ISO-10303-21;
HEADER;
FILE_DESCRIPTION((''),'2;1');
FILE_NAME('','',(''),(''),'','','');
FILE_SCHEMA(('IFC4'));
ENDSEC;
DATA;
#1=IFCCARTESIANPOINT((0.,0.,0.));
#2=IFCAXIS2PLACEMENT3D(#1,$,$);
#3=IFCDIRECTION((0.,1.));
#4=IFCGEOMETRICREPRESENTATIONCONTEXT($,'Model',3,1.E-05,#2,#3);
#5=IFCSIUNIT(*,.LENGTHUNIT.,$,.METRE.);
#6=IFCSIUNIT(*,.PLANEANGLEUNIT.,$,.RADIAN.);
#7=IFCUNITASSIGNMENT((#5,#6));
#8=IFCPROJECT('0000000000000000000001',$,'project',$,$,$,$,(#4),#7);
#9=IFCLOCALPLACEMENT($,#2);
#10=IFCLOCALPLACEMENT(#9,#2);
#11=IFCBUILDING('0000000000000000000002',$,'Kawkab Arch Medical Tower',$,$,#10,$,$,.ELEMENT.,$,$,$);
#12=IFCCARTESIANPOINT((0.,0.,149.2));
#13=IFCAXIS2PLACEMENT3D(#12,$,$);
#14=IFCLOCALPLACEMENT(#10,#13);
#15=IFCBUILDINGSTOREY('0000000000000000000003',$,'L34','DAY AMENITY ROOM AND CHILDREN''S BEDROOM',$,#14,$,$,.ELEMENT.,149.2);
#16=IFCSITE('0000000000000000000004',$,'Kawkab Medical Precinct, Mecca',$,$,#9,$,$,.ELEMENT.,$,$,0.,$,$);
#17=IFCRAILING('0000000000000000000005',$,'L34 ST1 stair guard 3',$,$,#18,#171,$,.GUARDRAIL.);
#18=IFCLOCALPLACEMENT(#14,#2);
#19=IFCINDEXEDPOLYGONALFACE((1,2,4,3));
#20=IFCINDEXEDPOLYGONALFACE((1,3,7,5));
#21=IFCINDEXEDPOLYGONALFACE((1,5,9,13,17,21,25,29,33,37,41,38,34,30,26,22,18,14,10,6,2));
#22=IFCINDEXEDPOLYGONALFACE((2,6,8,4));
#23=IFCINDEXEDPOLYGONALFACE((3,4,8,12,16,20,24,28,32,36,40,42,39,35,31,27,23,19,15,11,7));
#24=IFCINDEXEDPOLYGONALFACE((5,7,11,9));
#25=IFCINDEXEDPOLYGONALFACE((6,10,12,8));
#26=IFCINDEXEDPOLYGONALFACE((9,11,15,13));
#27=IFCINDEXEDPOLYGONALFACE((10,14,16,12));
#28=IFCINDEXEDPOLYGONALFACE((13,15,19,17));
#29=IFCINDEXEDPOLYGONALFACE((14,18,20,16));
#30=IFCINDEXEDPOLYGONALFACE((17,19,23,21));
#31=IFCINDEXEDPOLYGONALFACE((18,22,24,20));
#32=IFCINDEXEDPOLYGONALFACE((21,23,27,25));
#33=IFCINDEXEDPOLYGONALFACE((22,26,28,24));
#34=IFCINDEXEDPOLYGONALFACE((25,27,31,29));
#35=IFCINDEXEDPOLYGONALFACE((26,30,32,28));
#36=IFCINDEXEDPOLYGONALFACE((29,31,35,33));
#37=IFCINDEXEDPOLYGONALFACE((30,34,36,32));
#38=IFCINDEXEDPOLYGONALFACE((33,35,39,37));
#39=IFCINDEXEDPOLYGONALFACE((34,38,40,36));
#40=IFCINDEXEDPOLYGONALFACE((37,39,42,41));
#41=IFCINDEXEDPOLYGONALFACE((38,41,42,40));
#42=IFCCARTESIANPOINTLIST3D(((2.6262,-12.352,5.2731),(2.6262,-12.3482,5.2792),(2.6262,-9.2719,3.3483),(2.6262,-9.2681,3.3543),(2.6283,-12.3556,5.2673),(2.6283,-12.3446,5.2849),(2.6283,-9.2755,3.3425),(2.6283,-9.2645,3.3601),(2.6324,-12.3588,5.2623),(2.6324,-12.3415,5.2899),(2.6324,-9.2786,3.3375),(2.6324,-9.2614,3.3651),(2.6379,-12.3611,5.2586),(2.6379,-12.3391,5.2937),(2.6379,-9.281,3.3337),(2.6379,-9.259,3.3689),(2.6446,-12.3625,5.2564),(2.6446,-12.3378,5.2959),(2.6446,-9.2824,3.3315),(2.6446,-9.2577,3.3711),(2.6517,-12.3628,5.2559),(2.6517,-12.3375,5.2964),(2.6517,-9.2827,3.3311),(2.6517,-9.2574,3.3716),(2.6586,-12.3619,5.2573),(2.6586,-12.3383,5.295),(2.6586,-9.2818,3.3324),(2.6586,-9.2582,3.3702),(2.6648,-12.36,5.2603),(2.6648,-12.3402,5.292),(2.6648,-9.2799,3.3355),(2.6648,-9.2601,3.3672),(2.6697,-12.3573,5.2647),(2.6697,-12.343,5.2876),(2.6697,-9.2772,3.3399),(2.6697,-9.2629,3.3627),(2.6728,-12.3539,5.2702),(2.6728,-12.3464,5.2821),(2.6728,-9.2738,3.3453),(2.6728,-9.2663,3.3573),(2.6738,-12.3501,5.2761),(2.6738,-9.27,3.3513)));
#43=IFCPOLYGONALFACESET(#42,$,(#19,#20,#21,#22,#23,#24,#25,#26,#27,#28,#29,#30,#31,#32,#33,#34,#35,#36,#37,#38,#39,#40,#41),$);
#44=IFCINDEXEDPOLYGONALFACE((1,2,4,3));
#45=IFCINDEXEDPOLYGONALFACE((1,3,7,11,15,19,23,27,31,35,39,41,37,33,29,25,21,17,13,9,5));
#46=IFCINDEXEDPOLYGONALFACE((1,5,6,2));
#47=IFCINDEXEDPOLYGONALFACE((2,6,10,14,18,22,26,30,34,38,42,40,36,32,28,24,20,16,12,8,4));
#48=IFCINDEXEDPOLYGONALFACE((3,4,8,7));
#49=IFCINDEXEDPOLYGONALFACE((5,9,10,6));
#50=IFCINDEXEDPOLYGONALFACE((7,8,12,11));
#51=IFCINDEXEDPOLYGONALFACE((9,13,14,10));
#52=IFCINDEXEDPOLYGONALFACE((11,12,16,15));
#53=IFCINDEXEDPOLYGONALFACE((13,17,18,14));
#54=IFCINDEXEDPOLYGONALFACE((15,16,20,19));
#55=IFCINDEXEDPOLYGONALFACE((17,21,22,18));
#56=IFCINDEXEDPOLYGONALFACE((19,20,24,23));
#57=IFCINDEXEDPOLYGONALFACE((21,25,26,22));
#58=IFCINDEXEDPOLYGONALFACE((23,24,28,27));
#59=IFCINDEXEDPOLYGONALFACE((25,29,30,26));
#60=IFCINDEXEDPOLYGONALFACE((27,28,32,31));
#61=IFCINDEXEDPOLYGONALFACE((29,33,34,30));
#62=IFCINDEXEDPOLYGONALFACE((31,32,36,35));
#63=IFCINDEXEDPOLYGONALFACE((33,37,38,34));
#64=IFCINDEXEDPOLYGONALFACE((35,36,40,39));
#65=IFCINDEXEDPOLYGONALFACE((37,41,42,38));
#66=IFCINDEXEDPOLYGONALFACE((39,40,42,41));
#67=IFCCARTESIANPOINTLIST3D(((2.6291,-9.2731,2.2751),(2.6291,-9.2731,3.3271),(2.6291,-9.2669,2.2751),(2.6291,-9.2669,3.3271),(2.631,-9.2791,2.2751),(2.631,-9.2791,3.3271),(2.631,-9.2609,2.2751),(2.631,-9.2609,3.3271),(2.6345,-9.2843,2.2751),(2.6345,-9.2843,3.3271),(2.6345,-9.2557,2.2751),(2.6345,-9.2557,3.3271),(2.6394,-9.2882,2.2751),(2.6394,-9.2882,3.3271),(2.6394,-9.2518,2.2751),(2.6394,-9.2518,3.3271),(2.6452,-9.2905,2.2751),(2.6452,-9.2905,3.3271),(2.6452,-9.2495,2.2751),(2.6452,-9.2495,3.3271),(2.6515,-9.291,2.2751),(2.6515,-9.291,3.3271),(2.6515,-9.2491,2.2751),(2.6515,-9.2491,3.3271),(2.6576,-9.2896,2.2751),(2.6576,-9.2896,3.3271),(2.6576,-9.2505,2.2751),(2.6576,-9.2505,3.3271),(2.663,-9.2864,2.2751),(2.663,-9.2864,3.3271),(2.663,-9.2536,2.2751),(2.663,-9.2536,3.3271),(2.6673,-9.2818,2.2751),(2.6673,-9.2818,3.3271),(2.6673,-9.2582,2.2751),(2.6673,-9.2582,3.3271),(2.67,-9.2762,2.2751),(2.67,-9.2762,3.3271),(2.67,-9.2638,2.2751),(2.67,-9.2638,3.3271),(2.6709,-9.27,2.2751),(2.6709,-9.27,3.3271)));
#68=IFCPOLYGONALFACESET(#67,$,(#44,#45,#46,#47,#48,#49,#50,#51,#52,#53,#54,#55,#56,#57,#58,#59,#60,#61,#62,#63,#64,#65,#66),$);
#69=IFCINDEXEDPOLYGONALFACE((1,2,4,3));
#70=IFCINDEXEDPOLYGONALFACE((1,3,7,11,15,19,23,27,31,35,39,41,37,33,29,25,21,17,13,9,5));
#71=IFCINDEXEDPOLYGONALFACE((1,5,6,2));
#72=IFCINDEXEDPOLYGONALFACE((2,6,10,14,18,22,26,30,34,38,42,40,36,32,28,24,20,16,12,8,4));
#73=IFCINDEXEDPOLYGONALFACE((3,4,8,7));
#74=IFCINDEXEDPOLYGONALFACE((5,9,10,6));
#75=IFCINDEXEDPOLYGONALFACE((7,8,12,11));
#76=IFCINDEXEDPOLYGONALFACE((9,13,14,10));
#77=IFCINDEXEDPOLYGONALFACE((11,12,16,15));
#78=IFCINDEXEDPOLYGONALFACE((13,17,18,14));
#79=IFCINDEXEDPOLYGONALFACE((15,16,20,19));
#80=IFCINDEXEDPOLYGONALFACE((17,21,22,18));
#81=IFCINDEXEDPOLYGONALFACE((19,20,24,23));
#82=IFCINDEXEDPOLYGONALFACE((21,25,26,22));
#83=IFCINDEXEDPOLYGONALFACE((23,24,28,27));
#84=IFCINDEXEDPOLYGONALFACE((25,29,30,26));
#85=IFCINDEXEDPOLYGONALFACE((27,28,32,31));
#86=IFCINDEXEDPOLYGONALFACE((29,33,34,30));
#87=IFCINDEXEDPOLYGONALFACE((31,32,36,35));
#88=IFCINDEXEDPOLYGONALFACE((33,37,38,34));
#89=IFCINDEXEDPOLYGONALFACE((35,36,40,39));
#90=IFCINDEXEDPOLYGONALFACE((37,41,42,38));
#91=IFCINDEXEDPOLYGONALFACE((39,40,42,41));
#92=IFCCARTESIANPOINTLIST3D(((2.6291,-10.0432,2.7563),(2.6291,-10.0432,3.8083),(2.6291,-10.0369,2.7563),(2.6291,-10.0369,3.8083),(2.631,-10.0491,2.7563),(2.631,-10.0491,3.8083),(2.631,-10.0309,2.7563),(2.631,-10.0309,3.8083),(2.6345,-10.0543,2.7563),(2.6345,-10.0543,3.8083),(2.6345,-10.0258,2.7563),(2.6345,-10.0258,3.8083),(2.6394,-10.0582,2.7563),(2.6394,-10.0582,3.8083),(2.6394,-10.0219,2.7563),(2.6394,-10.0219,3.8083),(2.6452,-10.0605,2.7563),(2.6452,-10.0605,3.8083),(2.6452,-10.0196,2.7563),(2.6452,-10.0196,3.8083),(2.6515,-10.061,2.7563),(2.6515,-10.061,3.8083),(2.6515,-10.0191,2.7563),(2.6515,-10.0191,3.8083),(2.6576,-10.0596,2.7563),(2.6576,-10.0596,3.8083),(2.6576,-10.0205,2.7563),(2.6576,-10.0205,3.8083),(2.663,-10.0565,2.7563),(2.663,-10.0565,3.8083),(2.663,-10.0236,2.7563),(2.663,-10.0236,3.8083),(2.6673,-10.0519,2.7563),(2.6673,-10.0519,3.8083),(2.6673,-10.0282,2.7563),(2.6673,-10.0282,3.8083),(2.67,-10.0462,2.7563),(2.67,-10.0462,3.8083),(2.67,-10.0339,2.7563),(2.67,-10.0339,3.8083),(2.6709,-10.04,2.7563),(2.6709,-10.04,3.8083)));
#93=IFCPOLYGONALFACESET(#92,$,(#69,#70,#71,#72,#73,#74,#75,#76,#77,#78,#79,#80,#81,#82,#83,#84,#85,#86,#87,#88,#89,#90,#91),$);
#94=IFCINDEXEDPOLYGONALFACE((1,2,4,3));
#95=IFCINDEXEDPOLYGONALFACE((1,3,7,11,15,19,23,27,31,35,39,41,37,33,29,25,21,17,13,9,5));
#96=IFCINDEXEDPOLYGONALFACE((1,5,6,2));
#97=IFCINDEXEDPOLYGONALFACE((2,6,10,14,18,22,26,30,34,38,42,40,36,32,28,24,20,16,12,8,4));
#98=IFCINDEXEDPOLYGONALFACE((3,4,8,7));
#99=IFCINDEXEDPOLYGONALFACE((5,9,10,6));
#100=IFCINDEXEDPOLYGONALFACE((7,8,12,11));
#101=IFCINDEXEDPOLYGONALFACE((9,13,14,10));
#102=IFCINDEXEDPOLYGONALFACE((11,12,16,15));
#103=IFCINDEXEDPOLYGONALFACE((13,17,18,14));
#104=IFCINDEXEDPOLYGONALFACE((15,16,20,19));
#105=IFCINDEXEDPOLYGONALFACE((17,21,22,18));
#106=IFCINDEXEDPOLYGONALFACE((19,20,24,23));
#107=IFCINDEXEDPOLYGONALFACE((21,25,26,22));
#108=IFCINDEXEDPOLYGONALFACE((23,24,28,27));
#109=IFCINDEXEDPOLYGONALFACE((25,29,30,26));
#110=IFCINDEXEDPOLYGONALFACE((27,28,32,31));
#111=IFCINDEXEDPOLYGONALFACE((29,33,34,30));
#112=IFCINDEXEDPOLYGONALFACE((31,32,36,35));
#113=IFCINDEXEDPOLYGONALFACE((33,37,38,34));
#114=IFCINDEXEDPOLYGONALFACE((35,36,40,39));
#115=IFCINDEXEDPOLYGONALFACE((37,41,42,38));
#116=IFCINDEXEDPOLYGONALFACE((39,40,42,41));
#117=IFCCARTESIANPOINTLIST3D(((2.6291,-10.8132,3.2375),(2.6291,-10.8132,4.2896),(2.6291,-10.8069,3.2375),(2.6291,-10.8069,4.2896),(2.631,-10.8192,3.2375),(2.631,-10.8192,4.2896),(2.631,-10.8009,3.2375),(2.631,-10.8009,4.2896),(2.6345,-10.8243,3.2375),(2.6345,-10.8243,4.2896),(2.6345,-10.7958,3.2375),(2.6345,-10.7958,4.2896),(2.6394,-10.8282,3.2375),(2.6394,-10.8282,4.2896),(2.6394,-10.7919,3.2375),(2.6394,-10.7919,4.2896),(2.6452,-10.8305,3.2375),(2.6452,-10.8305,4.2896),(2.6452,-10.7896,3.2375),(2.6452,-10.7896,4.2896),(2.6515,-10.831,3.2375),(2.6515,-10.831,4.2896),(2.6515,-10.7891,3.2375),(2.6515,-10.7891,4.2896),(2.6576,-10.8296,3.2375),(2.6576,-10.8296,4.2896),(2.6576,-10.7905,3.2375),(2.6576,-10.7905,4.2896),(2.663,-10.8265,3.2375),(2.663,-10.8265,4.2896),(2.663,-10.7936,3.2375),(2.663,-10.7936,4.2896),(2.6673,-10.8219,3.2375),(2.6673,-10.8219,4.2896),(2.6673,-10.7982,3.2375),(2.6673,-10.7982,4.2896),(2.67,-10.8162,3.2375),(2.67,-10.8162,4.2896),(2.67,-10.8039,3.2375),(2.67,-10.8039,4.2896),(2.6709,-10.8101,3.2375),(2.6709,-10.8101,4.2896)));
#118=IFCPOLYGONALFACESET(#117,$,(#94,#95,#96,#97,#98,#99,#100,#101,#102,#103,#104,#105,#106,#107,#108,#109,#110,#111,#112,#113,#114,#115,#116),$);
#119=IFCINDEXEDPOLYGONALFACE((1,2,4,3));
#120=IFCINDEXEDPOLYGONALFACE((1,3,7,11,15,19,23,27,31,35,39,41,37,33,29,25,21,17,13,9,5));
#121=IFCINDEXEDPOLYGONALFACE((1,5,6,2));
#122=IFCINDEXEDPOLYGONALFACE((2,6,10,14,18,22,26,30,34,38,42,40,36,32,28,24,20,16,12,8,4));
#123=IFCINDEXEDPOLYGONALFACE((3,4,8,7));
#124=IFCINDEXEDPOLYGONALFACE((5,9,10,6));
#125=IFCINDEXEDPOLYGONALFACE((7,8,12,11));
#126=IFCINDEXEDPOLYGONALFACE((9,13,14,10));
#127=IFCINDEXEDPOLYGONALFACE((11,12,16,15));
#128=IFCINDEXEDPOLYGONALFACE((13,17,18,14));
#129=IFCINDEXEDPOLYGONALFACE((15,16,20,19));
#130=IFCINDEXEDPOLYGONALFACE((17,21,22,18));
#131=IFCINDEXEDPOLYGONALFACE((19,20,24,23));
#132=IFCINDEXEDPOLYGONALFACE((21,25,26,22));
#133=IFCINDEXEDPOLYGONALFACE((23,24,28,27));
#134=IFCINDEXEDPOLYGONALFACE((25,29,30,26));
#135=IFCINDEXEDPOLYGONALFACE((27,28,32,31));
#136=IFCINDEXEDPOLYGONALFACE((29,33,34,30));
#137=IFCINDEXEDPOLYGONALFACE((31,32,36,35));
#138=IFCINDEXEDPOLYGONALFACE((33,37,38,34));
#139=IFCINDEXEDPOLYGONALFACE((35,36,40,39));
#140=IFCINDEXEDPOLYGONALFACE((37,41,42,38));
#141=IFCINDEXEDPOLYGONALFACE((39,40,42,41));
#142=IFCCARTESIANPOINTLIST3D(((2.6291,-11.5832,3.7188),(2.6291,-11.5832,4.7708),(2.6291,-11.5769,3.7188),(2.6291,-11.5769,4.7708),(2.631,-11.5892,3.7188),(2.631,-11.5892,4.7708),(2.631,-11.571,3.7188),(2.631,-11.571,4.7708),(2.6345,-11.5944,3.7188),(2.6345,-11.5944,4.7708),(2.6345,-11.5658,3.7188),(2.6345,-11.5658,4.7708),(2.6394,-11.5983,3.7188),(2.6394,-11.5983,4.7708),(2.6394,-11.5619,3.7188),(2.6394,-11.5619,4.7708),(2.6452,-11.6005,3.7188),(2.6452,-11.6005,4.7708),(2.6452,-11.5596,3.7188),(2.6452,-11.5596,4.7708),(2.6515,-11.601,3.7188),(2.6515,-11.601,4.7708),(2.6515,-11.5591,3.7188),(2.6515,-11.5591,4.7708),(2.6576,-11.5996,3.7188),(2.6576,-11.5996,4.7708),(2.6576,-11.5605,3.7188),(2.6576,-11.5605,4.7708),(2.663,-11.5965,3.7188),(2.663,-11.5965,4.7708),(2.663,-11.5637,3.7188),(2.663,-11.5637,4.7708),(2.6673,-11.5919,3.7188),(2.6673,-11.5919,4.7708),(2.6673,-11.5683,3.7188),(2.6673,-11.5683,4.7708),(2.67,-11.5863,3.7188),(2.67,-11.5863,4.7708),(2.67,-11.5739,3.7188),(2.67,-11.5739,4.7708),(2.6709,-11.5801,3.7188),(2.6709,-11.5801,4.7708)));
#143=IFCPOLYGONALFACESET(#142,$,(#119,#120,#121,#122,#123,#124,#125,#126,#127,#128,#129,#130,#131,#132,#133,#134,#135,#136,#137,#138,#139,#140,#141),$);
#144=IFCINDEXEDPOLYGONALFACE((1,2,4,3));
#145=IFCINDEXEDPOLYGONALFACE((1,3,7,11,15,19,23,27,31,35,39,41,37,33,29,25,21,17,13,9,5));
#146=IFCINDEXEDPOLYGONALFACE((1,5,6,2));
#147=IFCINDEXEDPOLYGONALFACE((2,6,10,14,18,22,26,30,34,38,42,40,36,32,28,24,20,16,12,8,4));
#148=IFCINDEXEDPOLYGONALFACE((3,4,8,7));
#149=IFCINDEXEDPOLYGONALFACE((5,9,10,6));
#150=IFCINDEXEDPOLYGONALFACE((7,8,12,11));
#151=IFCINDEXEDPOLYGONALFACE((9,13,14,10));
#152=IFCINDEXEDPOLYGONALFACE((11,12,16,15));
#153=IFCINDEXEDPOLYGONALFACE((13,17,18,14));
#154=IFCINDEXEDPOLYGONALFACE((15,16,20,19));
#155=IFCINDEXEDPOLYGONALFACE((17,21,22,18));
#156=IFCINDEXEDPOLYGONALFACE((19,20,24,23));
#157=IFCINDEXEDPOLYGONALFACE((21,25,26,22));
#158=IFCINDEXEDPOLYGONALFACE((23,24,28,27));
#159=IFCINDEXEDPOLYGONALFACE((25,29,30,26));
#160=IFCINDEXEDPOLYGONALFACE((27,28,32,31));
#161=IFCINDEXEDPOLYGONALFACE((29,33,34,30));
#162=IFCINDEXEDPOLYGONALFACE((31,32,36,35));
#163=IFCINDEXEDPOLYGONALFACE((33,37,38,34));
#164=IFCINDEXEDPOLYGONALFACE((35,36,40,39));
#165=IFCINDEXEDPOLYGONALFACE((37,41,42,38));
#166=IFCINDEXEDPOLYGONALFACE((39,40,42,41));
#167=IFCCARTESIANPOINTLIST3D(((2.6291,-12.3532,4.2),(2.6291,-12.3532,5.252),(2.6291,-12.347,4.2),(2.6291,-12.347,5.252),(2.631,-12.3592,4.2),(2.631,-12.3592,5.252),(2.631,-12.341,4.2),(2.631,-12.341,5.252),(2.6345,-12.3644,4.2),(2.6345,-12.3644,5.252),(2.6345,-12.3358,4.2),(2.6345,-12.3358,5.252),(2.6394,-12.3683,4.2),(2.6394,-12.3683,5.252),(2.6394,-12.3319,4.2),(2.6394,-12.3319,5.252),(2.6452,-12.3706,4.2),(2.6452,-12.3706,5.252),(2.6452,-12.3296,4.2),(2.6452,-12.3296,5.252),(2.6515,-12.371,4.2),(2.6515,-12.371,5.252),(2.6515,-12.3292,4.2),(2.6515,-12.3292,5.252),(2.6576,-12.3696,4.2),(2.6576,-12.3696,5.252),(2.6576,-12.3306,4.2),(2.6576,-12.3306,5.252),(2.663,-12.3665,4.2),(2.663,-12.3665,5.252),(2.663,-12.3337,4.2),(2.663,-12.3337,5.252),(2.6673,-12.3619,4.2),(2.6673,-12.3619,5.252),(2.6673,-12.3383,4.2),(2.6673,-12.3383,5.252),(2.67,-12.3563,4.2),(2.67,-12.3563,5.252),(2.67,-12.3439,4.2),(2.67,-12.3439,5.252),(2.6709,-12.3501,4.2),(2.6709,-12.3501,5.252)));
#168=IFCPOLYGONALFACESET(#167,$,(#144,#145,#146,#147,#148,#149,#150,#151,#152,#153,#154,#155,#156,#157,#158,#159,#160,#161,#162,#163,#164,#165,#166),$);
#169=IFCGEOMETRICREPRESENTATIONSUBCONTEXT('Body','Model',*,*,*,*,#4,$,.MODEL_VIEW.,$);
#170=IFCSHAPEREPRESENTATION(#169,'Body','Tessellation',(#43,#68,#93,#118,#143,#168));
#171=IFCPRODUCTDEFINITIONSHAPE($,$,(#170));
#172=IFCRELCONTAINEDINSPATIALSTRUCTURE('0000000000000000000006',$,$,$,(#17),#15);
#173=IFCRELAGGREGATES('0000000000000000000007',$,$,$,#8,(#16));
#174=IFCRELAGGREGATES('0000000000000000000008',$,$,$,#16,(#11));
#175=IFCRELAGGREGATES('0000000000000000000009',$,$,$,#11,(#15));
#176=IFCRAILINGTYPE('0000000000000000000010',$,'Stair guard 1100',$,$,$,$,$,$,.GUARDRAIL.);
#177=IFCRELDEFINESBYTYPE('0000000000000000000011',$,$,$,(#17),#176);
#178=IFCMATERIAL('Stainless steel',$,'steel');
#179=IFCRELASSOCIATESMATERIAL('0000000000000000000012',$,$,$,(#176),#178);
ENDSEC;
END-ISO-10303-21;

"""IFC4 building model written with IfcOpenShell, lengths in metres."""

from ifc_helpers import new_model, si_unit, direction, frame, origin, origin_2d, place, context, subcontext, project, spatial, circle, extrude, material, type_object, element, save


model = new_model("IFC4")

# Units and contexts
model_context = context("Model", 3, precision=1e-05, world=origin(), true_north=direction((0.0, 1.0)))
body_context = subcontext(model_context, "Body", "Model", "MODEL_VIEW")
ifc_project = project(units=[si_unit("LENGTHUNIT", "METRE"), si_unit("PLANEANGLEUNIT", "RADIAN")], contexts=[model_context])

# Site, building, storey
site_placement = place(None, origin())
site = spatial("IfcSite", under=ifc_project, at=site_placement, Name="Kawkab Medical Precinct, Mecca", CompositionType="ELEMENT", RefElevation=0.0)
building_placement = place(site_placement, origin())
building = spatial("IfcBuilding", under=site, at=building_placement, Name="Kawkab Arch Medical Tower", CompositionType="ELEMENT")
storey_placement = place(building_placement, frame((0.0, 0.0, 149.2)))
storey = spatial("IfcBuildingStorey", under=building, at=storey_placement, Name="L34", Description="DAY AMENITY ROOM AND CHILDREN'S BEDROOM", CompositionType="ELEMENT", Elevation=149.2)

# Railing
ifc_material_1 = material(Name="Stainless steel", Category="steel")
railing_type_1 = type_object("IfcRailingType", Name="Stair guard 1100", PredefinedType="GUARDRAIL", material=ifc_material_1)
railing_1_placement = place(storey_placement, frame((2.6499, -9.27, 2.2751)))
element("IfcRailing", 1, at=railing_1_placement, inside=storey, type_object=railing_type_1, Name="L34 ST1 stair guard 3", PredefinedType="GUARDRAIL", context=body_context, shape_type="SweptSolid", body=[
    extrude(circle(Radius=0.0239, at=origin_2d()), frame((0.0, 0.0, 1.0762), z_axis=(0.0, -0.848029, 0.529951), x_axis=(1.0, 0.0, 0.0)), (0.0, 0.0, 1.0), 3.6321),
    extrude(circle(Radius=0.021, at=origin_2d()), origin(), (0.0, 0.0, 1.0), 1.052),
    extrude(circle(Radius=0.021, at=origin_2d()), frame((0.0, -0.77, 0.4812)), (0.0, 0.0, 1.0), 1.052),
    extrude(circle(Radius=0.021, at=origin_2d()), frame((0.0, -1.54, 0.9624)), (0.0, 0.0, 1.0), 1.052),
    extrude(circle(Radius=0.021, at=origin_2d()), frame((0.0, -2.3101, 1.4436)), (0.0, 0.0, 1.0), 1.052),
    extrude(circle(Radius=0.021, at=origin_2d()), frame((0.0, -3.0801, 1.9248)), (0.0, 0.0, 1.0), 1.052),
])

save(model, "model.ifc")
